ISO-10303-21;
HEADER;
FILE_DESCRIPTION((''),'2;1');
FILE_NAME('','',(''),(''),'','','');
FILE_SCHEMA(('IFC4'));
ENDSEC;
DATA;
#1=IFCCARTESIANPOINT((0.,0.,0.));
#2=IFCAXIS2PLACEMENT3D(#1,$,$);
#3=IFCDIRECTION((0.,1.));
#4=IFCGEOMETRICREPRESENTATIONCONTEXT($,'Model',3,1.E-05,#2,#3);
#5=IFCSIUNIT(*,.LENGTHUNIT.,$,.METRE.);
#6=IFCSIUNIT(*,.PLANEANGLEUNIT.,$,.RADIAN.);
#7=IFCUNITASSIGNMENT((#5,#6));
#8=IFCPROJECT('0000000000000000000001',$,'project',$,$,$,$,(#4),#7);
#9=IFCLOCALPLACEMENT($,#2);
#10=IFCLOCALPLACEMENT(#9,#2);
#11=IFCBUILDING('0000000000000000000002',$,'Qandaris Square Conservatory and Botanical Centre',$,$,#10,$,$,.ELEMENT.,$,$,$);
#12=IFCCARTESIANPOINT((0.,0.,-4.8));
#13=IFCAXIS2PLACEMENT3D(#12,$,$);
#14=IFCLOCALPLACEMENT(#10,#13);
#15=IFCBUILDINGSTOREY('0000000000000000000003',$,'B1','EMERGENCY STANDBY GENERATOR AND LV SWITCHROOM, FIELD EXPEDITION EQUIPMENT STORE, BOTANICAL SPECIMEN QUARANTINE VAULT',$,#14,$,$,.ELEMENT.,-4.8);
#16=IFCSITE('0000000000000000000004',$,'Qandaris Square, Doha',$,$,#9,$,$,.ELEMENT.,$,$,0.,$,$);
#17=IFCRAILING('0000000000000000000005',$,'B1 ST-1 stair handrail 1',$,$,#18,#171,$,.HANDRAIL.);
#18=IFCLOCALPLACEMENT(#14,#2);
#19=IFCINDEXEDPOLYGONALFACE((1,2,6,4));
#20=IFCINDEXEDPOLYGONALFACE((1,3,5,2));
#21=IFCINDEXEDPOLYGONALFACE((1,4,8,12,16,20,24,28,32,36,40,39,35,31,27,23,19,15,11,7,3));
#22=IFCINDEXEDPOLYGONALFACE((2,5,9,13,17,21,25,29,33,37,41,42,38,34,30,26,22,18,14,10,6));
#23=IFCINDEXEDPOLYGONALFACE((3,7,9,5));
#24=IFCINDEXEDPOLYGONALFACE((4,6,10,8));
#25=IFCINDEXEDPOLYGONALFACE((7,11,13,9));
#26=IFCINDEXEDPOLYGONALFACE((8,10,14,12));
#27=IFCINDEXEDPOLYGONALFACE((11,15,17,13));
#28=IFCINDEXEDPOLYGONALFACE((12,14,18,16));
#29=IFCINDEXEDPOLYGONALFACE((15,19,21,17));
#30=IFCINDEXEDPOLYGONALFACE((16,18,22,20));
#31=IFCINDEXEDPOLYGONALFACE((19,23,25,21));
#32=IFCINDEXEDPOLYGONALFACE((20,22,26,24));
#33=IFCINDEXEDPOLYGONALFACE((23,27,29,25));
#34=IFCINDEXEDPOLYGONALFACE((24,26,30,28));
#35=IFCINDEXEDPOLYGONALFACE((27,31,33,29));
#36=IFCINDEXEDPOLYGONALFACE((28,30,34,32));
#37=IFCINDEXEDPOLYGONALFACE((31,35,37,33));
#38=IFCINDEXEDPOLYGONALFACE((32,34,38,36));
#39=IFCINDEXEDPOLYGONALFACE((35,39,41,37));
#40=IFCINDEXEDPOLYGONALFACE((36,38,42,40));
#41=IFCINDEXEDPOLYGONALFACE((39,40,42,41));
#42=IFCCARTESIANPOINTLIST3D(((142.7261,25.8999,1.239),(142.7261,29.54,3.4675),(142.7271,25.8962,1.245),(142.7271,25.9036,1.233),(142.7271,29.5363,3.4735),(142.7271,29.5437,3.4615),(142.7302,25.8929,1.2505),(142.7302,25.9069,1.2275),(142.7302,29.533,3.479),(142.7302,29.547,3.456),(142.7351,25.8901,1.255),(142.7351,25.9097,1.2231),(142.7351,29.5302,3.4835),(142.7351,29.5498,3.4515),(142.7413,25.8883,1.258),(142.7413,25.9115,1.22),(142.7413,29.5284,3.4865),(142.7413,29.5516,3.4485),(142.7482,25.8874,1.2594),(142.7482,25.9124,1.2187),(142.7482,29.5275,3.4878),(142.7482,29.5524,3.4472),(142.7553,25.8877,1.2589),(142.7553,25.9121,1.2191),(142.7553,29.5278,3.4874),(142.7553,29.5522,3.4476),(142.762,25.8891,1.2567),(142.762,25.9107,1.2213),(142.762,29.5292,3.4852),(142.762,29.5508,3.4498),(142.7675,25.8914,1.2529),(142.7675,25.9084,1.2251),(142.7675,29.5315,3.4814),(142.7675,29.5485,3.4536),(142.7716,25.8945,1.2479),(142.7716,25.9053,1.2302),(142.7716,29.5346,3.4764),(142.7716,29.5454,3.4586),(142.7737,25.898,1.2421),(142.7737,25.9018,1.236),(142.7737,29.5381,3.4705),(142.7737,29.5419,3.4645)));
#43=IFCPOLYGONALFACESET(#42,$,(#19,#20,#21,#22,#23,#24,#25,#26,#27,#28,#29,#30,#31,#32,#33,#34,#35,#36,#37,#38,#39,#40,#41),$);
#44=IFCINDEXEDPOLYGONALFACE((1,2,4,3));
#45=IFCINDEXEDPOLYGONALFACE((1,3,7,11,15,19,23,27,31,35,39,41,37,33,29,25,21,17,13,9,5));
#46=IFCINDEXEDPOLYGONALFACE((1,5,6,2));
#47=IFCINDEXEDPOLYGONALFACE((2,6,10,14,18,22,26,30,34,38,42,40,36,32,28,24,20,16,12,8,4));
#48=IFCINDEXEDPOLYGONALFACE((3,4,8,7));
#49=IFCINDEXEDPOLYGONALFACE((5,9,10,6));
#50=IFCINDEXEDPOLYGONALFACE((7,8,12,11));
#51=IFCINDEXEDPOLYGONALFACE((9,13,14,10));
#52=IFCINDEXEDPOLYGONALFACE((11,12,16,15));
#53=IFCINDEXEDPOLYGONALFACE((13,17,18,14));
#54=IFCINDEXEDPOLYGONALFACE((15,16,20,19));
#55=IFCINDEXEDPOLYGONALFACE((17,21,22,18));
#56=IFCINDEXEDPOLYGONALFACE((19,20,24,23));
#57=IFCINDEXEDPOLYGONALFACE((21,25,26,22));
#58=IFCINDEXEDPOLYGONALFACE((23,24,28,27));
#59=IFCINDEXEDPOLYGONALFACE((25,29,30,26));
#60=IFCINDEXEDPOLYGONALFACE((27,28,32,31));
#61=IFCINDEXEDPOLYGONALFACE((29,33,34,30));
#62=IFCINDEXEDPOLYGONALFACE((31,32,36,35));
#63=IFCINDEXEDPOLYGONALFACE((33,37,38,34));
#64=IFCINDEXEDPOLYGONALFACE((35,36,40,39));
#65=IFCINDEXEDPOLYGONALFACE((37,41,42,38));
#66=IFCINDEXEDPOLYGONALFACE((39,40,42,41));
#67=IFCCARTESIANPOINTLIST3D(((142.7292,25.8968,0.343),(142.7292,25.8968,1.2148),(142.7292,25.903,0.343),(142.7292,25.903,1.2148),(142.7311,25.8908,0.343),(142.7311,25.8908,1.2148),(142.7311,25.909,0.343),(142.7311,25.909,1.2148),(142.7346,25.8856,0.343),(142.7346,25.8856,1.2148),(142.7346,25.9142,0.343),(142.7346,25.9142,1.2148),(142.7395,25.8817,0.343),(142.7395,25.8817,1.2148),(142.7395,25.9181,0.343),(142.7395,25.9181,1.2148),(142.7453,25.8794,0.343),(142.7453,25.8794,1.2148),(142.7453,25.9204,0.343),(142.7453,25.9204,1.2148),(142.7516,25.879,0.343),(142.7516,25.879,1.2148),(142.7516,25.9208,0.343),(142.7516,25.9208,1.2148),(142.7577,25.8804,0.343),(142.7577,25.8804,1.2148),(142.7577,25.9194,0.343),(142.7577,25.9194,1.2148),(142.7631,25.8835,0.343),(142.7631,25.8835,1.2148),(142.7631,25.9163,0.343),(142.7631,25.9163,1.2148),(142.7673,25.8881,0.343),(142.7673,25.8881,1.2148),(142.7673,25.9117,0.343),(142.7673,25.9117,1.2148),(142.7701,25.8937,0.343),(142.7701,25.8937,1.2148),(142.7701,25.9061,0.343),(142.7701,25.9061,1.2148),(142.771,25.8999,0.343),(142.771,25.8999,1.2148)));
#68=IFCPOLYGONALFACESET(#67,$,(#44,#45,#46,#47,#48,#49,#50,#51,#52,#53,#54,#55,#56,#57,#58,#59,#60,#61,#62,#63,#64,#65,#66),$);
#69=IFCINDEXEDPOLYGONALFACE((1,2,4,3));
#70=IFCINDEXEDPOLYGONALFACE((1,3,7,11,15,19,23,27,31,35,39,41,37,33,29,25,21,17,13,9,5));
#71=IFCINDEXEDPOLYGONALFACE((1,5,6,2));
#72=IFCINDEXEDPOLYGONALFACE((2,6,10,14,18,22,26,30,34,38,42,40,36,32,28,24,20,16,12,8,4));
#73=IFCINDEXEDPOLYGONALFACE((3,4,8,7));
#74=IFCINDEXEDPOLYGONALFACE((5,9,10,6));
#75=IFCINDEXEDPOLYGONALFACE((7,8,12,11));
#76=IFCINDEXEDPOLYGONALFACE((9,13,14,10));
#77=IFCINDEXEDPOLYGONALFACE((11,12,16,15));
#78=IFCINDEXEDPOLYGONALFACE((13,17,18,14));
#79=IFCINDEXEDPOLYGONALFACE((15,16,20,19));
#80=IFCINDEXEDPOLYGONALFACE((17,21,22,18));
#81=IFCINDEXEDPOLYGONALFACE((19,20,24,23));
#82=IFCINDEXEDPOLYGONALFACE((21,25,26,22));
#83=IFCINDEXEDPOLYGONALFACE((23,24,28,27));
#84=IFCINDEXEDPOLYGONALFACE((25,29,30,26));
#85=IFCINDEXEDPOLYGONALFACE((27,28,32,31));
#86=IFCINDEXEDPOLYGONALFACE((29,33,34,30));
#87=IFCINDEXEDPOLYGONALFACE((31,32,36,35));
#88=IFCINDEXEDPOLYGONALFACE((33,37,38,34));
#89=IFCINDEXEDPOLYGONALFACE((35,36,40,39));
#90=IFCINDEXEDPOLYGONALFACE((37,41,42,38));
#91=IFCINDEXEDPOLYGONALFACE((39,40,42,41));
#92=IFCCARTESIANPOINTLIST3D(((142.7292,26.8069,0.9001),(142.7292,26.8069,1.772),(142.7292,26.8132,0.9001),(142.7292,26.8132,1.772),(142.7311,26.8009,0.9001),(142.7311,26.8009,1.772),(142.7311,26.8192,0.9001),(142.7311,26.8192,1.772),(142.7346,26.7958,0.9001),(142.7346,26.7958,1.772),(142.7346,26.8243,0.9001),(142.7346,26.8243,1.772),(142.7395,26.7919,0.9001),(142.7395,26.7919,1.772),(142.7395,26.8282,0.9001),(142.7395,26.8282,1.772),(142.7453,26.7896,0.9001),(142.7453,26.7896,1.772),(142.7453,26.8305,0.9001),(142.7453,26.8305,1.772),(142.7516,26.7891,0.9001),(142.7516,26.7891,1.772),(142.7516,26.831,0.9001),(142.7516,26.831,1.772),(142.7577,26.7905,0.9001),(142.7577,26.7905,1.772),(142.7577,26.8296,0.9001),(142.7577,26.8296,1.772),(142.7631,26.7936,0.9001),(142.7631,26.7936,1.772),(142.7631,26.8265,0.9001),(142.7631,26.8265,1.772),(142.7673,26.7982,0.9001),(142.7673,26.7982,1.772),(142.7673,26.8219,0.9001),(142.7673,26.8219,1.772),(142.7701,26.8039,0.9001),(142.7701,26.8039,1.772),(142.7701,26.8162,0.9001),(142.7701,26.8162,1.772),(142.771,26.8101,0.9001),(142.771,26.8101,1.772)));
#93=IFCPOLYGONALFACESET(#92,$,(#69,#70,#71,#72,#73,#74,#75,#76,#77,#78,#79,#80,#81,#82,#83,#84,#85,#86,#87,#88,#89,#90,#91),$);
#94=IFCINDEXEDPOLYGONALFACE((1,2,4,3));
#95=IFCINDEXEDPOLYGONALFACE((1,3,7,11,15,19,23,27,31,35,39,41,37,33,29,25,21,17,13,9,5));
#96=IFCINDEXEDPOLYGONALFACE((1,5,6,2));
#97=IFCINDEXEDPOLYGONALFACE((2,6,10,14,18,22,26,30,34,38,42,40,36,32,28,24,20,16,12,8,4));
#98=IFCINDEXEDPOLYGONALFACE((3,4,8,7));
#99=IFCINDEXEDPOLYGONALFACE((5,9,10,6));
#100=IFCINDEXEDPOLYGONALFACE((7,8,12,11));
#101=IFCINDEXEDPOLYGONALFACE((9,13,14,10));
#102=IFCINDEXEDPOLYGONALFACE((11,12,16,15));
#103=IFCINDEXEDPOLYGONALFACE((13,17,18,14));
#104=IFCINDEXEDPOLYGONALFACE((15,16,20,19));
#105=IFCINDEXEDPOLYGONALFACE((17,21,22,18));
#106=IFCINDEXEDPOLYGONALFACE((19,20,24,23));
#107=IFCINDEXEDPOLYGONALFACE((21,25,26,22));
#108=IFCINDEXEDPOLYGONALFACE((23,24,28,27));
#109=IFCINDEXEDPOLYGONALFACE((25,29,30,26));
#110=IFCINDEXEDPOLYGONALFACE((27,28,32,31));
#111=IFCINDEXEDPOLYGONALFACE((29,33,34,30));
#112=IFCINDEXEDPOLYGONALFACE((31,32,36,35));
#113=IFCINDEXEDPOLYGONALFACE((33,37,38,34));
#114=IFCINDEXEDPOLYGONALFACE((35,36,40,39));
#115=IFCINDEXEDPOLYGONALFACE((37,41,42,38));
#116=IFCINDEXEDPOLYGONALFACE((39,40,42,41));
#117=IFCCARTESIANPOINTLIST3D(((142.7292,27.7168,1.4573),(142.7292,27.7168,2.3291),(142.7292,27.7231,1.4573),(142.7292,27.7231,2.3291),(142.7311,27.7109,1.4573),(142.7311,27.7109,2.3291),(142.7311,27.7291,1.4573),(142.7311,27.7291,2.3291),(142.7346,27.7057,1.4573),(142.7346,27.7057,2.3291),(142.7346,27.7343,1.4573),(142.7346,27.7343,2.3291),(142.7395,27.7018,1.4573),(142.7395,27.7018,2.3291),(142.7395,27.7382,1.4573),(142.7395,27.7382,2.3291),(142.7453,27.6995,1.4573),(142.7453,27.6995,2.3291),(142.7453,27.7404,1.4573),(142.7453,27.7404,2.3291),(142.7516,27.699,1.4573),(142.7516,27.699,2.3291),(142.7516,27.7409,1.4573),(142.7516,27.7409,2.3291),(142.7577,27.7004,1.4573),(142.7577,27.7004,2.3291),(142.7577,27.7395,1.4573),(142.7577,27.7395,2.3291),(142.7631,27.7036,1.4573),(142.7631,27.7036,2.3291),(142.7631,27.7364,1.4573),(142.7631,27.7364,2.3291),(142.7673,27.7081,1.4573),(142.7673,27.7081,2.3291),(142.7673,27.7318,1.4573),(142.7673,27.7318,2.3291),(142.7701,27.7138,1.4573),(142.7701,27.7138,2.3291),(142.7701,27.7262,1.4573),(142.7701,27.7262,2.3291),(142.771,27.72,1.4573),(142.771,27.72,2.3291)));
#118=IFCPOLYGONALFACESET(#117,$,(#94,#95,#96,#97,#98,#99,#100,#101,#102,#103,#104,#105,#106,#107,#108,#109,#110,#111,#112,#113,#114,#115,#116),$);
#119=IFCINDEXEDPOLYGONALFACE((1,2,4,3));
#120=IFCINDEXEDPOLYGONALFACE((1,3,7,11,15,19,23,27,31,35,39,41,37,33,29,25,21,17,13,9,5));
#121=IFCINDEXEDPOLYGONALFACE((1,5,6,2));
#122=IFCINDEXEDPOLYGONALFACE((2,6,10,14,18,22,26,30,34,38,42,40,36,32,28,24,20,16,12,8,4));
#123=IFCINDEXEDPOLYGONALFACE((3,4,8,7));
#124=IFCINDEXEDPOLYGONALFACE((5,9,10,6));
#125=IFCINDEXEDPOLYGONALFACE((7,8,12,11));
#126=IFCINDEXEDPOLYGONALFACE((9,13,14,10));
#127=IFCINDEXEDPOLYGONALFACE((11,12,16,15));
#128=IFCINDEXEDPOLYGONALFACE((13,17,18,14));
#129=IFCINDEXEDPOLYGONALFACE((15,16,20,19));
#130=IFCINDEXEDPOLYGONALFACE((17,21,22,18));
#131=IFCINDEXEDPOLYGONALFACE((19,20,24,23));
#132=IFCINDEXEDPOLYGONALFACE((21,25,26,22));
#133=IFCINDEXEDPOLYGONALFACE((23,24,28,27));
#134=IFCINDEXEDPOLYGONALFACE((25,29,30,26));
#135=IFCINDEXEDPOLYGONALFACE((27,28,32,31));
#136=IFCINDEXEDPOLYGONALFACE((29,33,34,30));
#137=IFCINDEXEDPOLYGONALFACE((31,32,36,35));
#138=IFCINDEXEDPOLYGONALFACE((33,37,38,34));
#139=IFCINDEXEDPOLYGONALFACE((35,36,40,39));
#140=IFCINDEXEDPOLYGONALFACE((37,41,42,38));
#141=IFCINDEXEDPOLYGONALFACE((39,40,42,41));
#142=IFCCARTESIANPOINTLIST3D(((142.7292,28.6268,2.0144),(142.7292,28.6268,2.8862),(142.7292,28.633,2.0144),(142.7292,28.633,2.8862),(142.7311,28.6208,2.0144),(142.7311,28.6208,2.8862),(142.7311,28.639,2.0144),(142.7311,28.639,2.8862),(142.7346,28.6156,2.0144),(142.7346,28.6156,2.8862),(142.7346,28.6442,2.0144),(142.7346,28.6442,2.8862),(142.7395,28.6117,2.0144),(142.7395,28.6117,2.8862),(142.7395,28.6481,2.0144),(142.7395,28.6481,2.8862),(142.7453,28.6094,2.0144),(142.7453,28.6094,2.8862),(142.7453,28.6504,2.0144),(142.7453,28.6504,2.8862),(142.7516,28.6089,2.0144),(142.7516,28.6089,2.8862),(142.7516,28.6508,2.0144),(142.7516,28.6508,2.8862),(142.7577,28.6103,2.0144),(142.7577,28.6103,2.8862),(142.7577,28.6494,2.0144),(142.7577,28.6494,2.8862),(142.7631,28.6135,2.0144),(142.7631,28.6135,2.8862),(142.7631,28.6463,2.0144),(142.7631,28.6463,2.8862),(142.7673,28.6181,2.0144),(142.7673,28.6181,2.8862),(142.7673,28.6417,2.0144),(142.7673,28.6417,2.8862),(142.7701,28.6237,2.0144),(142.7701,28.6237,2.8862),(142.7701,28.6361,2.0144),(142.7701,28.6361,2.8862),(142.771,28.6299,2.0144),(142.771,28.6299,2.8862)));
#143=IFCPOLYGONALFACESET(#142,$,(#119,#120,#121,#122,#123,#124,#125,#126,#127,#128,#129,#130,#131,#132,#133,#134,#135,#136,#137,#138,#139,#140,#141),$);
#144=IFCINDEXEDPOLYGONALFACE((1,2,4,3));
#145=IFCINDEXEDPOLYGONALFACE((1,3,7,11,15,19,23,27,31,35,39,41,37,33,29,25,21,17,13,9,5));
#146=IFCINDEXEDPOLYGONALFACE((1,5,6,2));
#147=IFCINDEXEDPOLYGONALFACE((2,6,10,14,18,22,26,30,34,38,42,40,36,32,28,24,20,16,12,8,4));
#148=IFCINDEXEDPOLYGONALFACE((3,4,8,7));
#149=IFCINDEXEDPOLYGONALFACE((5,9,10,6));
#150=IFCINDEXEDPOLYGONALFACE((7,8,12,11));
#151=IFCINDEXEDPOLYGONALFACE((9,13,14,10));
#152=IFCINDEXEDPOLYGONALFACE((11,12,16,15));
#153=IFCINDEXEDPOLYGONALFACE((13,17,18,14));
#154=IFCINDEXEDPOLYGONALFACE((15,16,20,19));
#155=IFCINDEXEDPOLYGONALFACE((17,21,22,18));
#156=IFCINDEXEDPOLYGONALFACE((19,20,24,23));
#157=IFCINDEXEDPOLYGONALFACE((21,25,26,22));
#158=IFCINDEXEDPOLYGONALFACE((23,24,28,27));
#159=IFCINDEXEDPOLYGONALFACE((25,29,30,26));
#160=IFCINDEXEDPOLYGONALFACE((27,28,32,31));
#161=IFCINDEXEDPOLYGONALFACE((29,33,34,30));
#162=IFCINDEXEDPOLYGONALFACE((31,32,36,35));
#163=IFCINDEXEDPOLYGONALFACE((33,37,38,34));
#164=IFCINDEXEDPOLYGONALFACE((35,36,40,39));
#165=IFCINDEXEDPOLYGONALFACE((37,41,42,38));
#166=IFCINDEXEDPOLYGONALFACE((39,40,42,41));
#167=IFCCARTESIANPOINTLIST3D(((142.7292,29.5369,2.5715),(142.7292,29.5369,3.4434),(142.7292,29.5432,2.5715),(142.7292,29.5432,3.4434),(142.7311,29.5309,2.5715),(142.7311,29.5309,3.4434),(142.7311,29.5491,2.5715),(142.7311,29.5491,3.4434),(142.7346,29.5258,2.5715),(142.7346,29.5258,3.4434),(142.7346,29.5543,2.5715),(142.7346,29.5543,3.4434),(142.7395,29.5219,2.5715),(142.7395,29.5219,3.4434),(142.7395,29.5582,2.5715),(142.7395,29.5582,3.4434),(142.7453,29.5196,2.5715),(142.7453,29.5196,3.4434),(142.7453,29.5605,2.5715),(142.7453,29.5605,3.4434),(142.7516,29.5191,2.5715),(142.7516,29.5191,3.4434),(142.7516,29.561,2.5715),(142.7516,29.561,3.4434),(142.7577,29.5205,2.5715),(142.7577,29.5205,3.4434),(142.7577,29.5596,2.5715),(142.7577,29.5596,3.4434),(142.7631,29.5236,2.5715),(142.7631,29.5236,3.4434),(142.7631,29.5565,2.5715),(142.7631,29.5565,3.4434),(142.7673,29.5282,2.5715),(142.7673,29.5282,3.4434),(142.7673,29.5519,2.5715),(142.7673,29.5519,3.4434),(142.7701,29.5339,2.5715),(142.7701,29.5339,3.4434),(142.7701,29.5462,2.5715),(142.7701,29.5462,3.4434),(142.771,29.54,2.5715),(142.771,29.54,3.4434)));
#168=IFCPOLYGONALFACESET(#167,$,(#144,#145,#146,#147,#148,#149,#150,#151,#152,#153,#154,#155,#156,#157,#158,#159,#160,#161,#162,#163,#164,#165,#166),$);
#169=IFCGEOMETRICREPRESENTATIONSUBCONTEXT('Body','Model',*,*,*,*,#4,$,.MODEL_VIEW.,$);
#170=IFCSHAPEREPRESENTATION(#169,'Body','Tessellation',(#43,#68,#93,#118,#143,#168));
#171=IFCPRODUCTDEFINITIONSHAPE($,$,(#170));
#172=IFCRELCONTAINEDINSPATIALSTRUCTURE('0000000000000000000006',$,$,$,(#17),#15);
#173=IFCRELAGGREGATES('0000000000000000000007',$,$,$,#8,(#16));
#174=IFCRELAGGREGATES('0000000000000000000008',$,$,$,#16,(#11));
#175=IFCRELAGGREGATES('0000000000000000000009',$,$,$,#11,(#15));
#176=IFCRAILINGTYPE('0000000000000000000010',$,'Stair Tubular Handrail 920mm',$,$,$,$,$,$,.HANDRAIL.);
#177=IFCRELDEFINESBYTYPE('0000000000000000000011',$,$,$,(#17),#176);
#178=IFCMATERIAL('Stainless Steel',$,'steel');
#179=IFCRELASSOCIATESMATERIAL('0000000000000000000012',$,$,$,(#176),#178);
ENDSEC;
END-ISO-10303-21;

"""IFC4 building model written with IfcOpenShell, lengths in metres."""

from ifc_helpers import new_model, si_unit, direction, frame, origin, origin_2d, place, context, subcontext, project, spatial, circle, extrude, material, type_object, element, save


model = new_model("IFC4")

# Units and contexts
model_context = context("Model", 3, precision=1e-05, world=origin(), true_north=direction((0.0, 1.0)))
body_context = subcontext(model_context, "Body", "Model", "MODEL_VIEW")
ifc_project = project(units=[si_unit("LENGTHUNIT", "METRE"), si_unit("PLANEANGLEUNIT", "RADIAN")], contexts=[model_context])

# Site, building, storey
site_placement = place(None, origin())
site = spatial("IfcSite", under=ifc_project, at=site_placement, Name="Qandaris Square, Doha", CompositionType="ELEMENT", RefElevation=0.0)
building_placement = place(site_placement, origin())
building = spatial("IfcBuilding", under=site, at=building_placement, Name="Qandaris Square Conservatory and Botanical Centre", CompositionType="ELEMENT")
storey_placement = place(building_placement, frame((0.0, 0.0, -4.8)))
storey = spatial("IfcBuildingStorey", under=building, at=storey_placement, Name="B1", Description="EMERGENCY STANDBY GENERATOR AND LV SWITCHROOM, FIELD EXPEDITION EQUIPMENT STORE, BOTANICAL SPECIMEN QUARANTINE VAULT", CompositionType="ELEMENT", Elevation=-4.8)

# Railing
ifc_material_1 = material(Name="Stainless Steel", Category="steel")
railing_type_1 = type_object("IfcRailingType", Name="Stair Tubular Handrail 920mm", PredefinedType="HANDRAIL", material=ifc_material_1)
railing_1_placement = place(storey_placement, frame((142.75, 25.8999, 0.343)))
element("IfcRailing", 1, at=railing_1_placement, inside=storey, type_object=railing_type_1, Name="B1 ST-1 stair handrail 1", PredefinedType="HANDRAIL", context=body_context, shape_type="SweptSolid", body=[
    extrude(circle(Radius=0.0239, at=origin_2d()), frame((0.0, 0.0, 0.896), z_axis=(0.0, 0.852866, 0.52213), x_axis=(-1.0, 0.0, 0.0)), (0.0, 0.0, 1.0), 4.2681),
    extrude(circle(Radius=0.021, at=origin_2d()), origin(), (0.0, 0.0, 1.0), 0.8718),
    extrude(circle(Radius=0.021, at=origin_2d()), frame((0.0, 0.9102, 0.5571)), (0.0, 0.0, 1.0), 0.8718),
    extrude(circle(Radius=0.021, at=origin_2d()), frame((0.0, 1.8201, 1.1143)), (0.0, 0.0, 1.0), 0.8718),
    extrude(circle(Radius=0.021, at=origin_2d()), frame((0.0, 2.73, 1.6714)), (0.0, 0.0, 1.0), 0.8718),
    extrude(circle(Radius=0.021, at=origin_2d()), frame((0.0, 3.6401, 2.2285)), (0.0, 0.0, 1.0), 0.8718),
])

save(model, "model.ifc")
